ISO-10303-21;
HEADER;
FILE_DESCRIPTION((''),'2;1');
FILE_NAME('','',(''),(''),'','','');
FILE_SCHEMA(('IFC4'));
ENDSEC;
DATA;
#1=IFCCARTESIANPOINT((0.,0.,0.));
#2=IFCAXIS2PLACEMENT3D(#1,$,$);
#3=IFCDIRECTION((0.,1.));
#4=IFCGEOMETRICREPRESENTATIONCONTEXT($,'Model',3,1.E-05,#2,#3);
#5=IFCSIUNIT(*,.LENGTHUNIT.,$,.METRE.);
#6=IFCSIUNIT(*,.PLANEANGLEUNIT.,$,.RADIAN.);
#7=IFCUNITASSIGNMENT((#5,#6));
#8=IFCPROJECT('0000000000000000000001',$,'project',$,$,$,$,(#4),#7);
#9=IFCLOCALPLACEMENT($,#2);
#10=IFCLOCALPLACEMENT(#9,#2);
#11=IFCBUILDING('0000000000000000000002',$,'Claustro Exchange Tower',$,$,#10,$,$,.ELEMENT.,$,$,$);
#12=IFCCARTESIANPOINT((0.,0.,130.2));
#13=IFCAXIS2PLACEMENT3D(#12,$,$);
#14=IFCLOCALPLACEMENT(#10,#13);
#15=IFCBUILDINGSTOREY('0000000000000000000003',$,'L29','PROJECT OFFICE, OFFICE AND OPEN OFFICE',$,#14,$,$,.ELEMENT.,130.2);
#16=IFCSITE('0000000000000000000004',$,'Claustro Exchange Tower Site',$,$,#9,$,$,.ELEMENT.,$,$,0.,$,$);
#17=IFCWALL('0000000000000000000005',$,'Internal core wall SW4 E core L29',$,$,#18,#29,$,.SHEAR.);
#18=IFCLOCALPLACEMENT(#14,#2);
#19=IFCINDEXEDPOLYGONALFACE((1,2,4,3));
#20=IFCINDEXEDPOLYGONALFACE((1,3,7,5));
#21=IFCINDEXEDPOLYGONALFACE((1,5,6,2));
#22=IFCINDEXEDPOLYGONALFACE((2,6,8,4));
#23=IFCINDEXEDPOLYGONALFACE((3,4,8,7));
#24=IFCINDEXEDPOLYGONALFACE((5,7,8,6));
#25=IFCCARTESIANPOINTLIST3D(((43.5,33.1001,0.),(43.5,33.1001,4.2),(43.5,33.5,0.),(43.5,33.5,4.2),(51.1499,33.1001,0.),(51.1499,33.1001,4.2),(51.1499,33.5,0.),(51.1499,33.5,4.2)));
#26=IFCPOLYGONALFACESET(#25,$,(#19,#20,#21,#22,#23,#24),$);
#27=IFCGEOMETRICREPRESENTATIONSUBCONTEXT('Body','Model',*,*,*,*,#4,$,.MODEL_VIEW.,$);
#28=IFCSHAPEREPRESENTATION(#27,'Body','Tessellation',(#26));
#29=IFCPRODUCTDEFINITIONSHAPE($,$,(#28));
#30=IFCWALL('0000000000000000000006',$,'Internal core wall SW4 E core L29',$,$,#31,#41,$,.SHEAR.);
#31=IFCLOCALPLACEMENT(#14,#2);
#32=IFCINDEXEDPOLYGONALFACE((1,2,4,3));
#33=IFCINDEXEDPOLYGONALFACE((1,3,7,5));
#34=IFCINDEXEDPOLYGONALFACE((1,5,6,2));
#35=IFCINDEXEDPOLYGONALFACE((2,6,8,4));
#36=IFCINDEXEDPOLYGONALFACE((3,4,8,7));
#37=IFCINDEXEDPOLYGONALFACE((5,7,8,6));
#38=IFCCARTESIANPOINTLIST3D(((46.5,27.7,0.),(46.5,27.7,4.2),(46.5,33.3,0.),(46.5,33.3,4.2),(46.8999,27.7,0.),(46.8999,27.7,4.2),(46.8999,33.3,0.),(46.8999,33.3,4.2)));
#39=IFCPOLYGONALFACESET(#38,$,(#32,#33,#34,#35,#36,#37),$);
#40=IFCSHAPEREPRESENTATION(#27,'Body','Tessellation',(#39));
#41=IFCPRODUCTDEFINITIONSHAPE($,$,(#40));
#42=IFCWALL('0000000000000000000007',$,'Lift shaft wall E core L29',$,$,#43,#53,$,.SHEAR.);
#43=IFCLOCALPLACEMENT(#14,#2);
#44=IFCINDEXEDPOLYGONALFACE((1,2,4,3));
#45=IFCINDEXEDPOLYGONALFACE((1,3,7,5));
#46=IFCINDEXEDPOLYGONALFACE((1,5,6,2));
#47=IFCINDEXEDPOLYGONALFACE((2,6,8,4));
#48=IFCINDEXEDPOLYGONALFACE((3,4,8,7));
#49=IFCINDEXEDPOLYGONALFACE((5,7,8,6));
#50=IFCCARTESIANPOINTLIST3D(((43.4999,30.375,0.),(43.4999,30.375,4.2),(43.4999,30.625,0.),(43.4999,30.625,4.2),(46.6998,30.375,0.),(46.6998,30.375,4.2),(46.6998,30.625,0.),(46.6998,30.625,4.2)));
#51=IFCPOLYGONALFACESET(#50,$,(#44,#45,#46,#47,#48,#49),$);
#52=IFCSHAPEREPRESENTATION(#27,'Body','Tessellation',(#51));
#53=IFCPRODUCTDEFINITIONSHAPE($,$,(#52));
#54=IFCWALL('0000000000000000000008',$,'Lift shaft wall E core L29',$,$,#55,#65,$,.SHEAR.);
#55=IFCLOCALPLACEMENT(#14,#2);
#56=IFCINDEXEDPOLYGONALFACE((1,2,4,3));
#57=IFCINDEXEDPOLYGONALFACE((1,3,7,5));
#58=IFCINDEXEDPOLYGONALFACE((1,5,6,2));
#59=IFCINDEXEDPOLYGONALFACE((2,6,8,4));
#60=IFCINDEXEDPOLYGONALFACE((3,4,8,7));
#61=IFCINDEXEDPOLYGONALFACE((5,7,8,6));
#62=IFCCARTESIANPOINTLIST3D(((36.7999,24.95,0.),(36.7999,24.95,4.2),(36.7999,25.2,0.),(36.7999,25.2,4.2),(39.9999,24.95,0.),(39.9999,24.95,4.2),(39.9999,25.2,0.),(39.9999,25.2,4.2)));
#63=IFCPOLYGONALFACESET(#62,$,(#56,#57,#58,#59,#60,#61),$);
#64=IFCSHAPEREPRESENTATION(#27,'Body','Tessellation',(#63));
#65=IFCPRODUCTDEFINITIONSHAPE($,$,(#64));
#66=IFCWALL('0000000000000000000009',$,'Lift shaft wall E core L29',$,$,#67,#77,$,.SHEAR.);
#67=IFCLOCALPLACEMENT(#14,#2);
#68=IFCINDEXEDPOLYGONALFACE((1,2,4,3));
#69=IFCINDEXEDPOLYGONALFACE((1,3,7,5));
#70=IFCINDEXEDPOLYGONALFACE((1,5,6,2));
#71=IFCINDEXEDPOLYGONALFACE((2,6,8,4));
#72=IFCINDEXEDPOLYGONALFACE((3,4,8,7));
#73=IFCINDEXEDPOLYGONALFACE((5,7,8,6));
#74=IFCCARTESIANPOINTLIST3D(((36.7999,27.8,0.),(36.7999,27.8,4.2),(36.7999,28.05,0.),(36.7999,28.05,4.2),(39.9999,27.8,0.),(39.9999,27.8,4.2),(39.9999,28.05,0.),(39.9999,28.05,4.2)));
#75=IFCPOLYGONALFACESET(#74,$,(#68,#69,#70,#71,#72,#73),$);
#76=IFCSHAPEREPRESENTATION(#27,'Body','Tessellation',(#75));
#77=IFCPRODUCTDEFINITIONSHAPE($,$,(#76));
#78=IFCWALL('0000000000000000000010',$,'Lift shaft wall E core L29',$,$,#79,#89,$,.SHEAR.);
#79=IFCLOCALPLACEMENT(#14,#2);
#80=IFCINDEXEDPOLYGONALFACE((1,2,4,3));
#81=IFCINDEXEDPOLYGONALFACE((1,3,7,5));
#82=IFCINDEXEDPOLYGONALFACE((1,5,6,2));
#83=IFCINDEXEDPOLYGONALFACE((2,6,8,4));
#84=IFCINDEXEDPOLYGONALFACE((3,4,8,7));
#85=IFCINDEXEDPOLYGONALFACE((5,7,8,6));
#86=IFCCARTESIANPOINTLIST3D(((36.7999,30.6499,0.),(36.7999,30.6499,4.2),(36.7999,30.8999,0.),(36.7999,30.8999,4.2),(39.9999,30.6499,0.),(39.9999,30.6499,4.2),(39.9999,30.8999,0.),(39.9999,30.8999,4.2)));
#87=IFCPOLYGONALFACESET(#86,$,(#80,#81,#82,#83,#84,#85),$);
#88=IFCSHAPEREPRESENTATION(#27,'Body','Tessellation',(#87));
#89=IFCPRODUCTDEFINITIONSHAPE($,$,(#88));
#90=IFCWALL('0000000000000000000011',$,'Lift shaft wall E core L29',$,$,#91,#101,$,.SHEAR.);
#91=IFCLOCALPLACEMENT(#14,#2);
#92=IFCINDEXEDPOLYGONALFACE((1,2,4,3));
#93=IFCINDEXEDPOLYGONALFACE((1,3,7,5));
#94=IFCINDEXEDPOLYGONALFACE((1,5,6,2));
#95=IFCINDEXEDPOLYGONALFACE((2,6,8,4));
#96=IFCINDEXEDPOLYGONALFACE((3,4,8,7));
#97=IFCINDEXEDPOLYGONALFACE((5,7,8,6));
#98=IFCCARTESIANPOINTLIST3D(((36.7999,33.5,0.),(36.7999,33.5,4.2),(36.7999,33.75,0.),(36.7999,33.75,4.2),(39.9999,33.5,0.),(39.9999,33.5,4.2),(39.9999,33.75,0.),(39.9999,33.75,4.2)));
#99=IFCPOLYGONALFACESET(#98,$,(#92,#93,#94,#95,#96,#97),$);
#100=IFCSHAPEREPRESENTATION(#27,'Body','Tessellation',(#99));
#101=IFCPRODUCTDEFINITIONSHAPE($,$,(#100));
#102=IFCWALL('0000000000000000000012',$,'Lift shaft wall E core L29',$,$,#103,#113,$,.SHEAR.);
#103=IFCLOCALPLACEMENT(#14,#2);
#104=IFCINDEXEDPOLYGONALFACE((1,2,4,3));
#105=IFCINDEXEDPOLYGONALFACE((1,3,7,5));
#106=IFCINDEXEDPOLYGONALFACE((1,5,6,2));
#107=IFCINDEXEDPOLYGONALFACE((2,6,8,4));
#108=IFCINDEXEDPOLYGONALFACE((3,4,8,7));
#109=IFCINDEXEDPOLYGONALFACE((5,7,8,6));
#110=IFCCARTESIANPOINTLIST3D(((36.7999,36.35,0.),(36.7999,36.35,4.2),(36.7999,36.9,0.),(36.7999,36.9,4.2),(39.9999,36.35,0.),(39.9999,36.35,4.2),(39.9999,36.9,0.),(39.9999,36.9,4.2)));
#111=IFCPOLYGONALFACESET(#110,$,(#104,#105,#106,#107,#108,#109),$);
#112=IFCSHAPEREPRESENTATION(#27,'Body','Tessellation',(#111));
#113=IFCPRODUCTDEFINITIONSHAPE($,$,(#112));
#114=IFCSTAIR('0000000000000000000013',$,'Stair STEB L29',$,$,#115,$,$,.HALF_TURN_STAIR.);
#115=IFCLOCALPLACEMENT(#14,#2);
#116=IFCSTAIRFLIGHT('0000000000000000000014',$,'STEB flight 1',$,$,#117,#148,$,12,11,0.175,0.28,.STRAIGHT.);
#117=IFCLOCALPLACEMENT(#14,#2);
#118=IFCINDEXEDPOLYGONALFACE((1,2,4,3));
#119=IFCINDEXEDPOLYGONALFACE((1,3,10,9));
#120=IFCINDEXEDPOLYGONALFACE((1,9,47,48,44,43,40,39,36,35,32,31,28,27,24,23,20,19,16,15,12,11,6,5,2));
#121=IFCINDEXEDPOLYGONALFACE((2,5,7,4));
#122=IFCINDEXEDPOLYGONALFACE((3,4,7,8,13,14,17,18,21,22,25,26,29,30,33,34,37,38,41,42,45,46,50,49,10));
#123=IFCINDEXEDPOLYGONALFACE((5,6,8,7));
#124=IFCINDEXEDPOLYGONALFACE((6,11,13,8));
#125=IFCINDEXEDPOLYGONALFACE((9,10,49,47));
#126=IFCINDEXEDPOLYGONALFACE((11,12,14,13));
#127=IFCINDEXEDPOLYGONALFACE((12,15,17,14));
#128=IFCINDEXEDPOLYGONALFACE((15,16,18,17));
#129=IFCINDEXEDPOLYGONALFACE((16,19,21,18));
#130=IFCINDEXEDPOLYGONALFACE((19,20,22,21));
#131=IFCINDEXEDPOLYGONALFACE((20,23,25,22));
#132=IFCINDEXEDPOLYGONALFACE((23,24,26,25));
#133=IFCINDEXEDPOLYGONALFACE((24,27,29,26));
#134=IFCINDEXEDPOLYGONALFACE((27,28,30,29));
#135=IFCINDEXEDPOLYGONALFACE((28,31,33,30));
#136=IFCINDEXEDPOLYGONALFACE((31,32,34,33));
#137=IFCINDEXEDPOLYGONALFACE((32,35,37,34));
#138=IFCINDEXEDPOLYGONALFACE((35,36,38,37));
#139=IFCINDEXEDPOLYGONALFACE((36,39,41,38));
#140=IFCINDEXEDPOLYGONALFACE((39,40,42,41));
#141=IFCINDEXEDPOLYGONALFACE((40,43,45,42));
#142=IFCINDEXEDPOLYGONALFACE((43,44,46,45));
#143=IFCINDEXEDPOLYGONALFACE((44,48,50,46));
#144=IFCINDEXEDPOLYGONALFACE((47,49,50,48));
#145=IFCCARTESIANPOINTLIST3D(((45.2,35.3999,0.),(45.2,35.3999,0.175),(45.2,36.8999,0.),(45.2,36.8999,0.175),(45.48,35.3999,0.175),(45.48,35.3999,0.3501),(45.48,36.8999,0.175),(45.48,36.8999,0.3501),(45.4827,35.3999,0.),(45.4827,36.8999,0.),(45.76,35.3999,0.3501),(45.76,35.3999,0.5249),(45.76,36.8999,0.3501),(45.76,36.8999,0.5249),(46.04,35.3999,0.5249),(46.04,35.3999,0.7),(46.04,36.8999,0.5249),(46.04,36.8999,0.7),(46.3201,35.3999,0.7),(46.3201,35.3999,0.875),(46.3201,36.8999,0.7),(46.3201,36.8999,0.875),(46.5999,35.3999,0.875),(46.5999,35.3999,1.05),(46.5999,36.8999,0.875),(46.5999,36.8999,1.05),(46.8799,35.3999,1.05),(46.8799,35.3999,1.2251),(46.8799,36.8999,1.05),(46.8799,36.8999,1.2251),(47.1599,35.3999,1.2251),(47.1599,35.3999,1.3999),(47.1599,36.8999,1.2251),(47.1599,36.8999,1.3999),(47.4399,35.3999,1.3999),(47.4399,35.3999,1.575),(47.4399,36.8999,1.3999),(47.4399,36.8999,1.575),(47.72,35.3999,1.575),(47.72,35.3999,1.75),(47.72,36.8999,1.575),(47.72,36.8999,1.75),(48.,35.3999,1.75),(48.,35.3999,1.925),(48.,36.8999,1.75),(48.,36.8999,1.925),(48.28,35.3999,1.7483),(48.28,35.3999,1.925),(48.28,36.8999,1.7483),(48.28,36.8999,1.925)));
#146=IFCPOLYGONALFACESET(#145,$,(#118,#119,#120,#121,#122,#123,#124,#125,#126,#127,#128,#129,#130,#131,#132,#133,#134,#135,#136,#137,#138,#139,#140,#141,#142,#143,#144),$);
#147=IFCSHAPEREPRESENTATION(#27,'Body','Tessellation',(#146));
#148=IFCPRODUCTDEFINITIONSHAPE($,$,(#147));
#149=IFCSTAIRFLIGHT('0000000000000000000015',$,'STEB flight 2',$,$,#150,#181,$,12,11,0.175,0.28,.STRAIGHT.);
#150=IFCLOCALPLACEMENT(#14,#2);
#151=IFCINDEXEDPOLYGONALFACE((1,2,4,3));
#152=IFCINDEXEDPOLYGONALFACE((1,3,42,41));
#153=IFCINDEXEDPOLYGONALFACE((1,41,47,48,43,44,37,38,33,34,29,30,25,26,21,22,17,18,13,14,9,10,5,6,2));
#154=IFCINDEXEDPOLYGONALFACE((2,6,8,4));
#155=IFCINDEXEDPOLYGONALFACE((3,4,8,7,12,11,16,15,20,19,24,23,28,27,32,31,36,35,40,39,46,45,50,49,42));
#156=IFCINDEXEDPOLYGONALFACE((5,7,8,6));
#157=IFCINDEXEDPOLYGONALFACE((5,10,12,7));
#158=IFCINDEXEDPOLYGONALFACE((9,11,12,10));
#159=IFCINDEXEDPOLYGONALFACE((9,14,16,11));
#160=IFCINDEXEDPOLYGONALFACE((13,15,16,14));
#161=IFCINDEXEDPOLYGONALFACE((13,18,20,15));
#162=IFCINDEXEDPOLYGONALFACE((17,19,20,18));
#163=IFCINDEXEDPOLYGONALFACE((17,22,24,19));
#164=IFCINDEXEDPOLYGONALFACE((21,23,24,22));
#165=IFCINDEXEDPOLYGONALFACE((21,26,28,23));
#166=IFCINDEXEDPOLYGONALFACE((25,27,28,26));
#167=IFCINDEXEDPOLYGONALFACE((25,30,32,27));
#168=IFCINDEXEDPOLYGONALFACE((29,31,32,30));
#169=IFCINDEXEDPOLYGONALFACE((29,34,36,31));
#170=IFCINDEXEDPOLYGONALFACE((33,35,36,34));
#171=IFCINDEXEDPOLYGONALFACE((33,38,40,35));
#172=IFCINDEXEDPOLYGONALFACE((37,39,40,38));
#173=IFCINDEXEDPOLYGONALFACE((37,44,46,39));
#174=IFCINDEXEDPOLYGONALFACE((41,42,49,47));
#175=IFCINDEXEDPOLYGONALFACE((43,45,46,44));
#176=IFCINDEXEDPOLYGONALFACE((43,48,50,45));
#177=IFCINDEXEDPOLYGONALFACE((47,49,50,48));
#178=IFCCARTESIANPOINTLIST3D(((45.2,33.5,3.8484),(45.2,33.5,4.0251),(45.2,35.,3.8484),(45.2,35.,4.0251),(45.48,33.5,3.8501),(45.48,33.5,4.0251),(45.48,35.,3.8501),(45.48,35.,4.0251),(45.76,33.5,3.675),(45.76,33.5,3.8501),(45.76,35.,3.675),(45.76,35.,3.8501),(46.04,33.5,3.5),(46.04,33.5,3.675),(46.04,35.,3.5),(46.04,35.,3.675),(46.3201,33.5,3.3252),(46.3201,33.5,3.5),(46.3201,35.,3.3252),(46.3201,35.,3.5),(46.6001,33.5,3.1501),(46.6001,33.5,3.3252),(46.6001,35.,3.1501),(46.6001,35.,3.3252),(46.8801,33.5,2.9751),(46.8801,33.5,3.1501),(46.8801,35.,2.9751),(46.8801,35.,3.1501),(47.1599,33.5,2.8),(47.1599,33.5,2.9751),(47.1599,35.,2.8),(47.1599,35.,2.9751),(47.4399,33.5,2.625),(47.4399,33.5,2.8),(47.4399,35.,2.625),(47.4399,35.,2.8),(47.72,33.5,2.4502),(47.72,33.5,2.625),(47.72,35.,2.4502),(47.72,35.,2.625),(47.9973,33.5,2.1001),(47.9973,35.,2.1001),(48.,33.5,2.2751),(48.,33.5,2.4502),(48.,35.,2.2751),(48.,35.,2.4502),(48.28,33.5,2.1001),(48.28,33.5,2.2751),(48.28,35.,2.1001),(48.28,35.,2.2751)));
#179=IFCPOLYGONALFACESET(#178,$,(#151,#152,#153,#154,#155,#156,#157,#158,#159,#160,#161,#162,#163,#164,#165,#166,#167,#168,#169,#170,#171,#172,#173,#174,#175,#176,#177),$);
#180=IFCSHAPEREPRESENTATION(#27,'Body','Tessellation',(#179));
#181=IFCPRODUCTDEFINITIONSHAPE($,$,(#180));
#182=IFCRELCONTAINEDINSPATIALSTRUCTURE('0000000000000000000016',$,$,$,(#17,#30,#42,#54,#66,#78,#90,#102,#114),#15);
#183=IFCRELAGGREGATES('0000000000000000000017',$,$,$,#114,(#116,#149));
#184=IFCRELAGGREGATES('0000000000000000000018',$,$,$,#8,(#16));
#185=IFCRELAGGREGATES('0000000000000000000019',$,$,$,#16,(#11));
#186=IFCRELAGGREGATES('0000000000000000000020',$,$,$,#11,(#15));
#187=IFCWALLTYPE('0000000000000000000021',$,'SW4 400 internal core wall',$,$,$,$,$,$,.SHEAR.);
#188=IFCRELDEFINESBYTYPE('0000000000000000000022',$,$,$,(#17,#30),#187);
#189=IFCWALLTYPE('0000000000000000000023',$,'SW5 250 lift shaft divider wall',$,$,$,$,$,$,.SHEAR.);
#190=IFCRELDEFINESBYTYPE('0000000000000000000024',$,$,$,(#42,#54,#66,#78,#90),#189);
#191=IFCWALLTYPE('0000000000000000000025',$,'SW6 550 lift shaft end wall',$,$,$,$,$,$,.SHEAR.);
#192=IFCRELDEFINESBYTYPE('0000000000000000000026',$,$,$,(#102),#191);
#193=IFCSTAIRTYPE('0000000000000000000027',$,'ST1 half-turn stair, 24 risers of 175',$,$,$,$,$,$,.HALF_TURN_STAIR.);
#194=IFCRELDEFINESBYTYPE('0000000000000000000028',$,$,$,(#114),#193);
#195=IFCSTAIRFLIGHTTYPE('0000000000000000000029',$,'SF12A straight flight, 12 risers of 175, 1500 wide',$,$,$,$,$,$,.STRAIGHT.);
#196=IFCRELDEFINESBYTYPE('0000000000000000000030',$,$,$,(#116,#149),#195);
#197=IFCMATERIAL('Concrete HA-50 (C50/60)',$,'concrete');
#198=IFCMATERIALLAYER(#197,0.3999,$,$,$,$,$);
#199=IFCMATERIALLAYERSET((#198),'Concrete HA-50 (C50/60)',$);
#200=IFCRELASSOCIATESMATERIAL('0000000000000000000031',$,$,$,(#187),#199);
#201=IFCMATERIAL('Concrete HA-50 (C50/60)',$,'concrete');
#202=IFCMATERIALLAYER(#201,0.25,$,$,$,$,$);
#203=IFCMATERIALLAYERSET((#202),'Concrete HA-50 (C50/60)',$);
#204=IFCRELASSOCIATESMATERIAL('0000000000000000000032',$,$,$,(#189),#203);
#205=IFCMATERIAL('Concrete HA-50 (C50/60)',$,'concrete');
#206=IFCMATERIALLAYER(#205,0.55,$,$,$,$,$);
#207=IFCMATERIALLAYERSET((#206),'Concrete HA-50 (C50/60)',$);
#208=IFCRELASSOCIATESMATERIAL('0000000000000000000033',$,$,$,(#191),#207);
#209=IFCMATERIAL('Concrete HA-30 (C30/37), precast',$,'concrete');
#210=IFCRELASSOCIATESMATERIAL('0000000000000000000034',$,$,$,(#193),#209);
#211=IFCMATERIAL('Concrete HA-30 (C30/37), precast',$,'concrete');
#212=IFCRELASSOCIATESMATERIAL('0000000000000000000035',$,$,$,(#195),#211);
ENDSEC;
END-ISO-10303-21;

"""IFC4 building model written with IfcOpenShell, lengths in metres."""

from ifc_helpers import new_model, si_unit, direction, frame, frame_2d, origin, place, context, subcontext, project, spatial, polyline, rectangle, outline, extrude, material, layer, layer_set, type_object, element, aggregate, save


model = new_model("IFC4")

# Units and contexts
model_context = context("Model", 3, precision=1e-05, world=origin(), true_north=direction((0.0, 1.0)))
body_context = subcontext(model_context, "Body", "Model", "MODEL_VIEW")
ifc_project = project(units=[si_unit("LENGTHUNIT", "METRE"), si_unit("PLANEANGLEUNIT", "RADIAN")], contexts=[model_context])

# Site, building, storey
site_placement = place(None, origin())
site = spatial("IfcSite", under=ifc_project, at=site_placement, Name="Claustro Exchange Tower Site", CompositionType="ELEMENT", RefElevation=0.0)
building_placement = place(site_placement, origin())
building = spatial("IfcBuilding", under=site, at=building_placement, Name="Claustro Exchange Tower", CompositionType="ELEMENT")
storey_placement = place(building_placement, frame((0.0, 0.0, 130.2)))
storey = spatial("IfcBuildingStorey", under=building, at=storey_placement, Name="L29", Description="PROJECT OFFICE, OFFICE AND OPEN OFFICE", CompositionType="ELEMENT", Elevation=130.2)

# Walls
ifc_material_1 = material(Name="Concrete HA-50 (C50/60)", Category="concrete")
ifc_layer_1 = layer(ifc_material_1, 0.3999)
ifc_layer_set_1 = layer_set([ifc_layer_1], Name="Concrete HA-50 (C50/60)")
wall_type_1 = type_object("IfcWallType", Name="SW4 400 internal core wall", PredefinedType="SHEAR", material=ifc_layer_set_1)
for number, where, z_axis, x_axis, name in (
    (1, (51.1499, 33.3, 0.0), (0.0, 0.0, 1.0), (-1.0, 0.0, 0.0), "Internal core wall SW4 E core L29"),
):
    element("IfcWall", number, at=place(storey_placement, frame(where, z_axis=z_axis, x_axis=x_axis)), inside=storey, type_object=wall_type_1, Name=name, PredefinedType="SHEAR", context=body_context, shape_type="SweptSolid", body=[
        extrude(rectangle(XDim=7.6499, YDim=0.3999, at=frame_2d((3.825, 0.0))), origin(), (0.0, 0.0, 1.0), 4.2),
    ])
wall_1_placement = place(storey_placement, frame((46.7, 27.7, 0.0), z_axis=(0.0, 0.0, 1.0), x_axis=(0.0, 1.0, 0.0)))
element("IfcWall", 2, at=wall_1_placement, inside=storey, type_object=wall_type_1, Name="Internal core wall SW4 E core L29", PredefinedType="SHEAR", context=body_context, shape_type="SweptSolid", body=[
    extrude(rectangle(XDim=5.6001, YDim=0.3999, at=frame_2d((2.8, 0.0))), origin(), (0.0, 0.0, 1.0), 4.2),
])
ifc_material_2 = material(Name="Concrete HA-50 (C50/60)", Category="concrete")
ifc_layer_2 = layer(ifc_material_2, 0.25)
ifc_layer_set_2 = layer_set([ifc_layer_2], Name="Concrete HA-50 (C50/60)")
wall_type_2 = type_object("IfcWallType", Name="SW5 250 lift shaft divider wall", PredefinedType="SHEAR", material=ifc_layer_set_2)
for number, where, z_axis, x_axis, name in (
    (3, (46.7, 30.5, 0.0), (0.0, 0.0, 1.0), (-1.0, 0.0, 0.0), "Lift shaft wall E core L29"),
    (4, (40.0, 25.075, 0.0), (0.0, 0.0, 1.0), (-1.0, 0.0, 0.0), "Lift shaft wall E core L29"),
    (5, (40.0, 27.925, 0.0), (0.0, 0.0, 1.0), (-1.0, 0.0, 0.0), "Lift shaft wall E core L29"),
    (6, (40.0, 30.7749, 0.0), (0.0, 0.0, 1.0), (-1.0, 0.0, 0.0), "Lift shaft wall E core L29"),
    (7, (40.0, 33.625, 0.0), (0.0, 0.0, 1.0), (-1.0, 0.0, 0.0), "Lift shaft wall E core L29"),
):
    element("IfcWall", number, at=place(storey_placement, frame(where, z_axis=z_axis, x_axis=x_axis)), inside=storey, type_object=wall_type_2, Name=name, PredefinedType="SHEAR", context=body_context, shape_type="SweptSolid", body=[
        extrude(rectangle(XDim=3.2, YDim=0.25, at=frame_2d((1.6001, 0.0))), origin(), (0.0, 0.0, 1.0), 4.2),
    ])
ifc_material_3 = material(Name="Concrete HA-50 (C50/60)", Category="concrete")
ifc_layer_3 = layer(ifc_material_3, 0.55)
ifc_layer_set_3 = layer_set([ifc_layer_3], Name="Concrete HA-50 (C50/60)")
wall_type_3 = type_object("IfcWallType", Name="SW6 550 lift shaft end wall", PredefinedType="SHEAR", material=ifc_layer_set_3)
wall_2_placement = place(storey_placement, frame((40.0, 36.625, 0.0), z_axis=(0.0, 0.0, 1.0), x_axis=(-1.0, 0.0, 0.0)))
element("IfcWall", 8, at=wall_2_placement, inside=storey, type_object=wall_type_3, Name="Lift shaft wall E core L29", PredefinedType="SHEAR", context=body_context, shape_type="SweptSolid", body=[
    extrude(rectangle(XDim=3.2, YDim=0.55, at=frame_2d((1.6001, 0.0))), origin(), (0.0, 0.0, 1.0), 4.2),
])

# Stair, stair flights
ifc_material_4 = material(Name="Concrete HA-30 (C30/37), precast", Category="concrete")
stair_type = type_object("IfcStairType", Name="ST1 half-turn stair, 24 risers of 175", PredefinedType="HALF_TURN_STAIR", material=ifc_material_4)
stair_placement = place(storey_placement, origin())
stair = element("IfcStair", 9, at=stair_placement, inside=storey, type_object=stair_type, Name="Stair STEB L29", PredefinedType="HALF_TURN_STAIR")
ifc_material_5 = material(Name="Concrete HA-30 (C30/37), precast", Category="concrete")
stair_flight_type = type_object("IfcStairFlightType", Name="SF12A straight flight, 12 risers of 175, 1500 wide", PredefinedType="STRAIGHT", material=ifc_material_5)
stair_flight_1_placement = place(storey_placement, frame((45.2, 36.1499, 0.0), z_axis=(0.0, 0.0, 1.0), x_axis=(1.0, 0.0, 0.0)))
stair_flight_1 = element("IfcStairFlight", 10, at=stair_flight_1_placement, type_object=stair_flight_type, Name="STEB flight 1", NumberOfRisers=12, NumberOfTreads=11, PredefinedType="STRAIGHT", RiserHeight=0.175, TreadLength=0.28, context=body_context, shape_type="SweptSolid", body=[
    extrude(outline(polyline([(0.0, 0.0), (0.0, 0.175), (0.28, 0.175), (0.28, 0.3501), (0.5601, 0.3501), (0.5601, 0.5249), (0.8401, 0.5249), (0.8401, 0.7), (1.1201, 0.7), (1.1201, 0.875), (1.3999, 0.875), (1.3999, 1.05), (1.6799, 1.05), (1.6799, 1.2251), (1.96, 1.2251), (1.96, 1.3999), (2.24, 1.3999), (2.24, 1.575), (2.52, 1.575), (2.52, 1.75), (2.8, 1.75), (2.8, 1.925), (3.0801, 1.925), (3.0801, 2.1001), (3.0801, 1.7483), (0.2827, 0.0), (0.0, 0.0)])), frame((0.0, 0.75, 0.0), z_axis=(0.0, -1.0, 0.0), x_axis=(1.0, 0.0, 0.0)), (0.0, 0.0, 1.0), 1.5),
])
stair_flight_2_placement = place(storey_placement, frame((48.28, 34.25, 2.1001), z_axis=(0.0, 0.0, 1.0), x_axis=(-1.0, 0.0, 0.0)))
stair_flight_2 = element("IfcStairFlight", 11, at=stair_flight_2_placement, type_object=stair_flight_type, Name="STEB flight 2", NumberOfRisers=12, NumberOfTreads=11, PredefinedType="STRAIGHT", RiserHeight=0.175, TreadLength=0.28, context=body_context, shape_type="SweptSolid", body=[
    extrude(outline(polyline([(0.0, 0.0), (0.0, 0.175), (0.28, 0.175), (0.28, 0.3501), (0.5601, 0.3501), (0.5601, 0.5249), (0.8401, 0.5249), (0.8401, 0.7), (1.1201, 0.7), (1.1201, 0.875), (1.3999, 0.875), (1.3999, 1.05), (1.6799, 1.05), (1.6799, 1.2251), (1.96, 1.2251), (1.96, 1.3999), (2.24, 1.3999), (2.24, 1.575), (2.52, 1.575), (2.52, 1.75), (2.8, 1.75), (2.8, 1.925), (3.0801, 1.925), (3.0801, 2.1001), (3.0801, 1.7483), (0.2827, 0.0), (0.0, 0.0)])), frame((0.0, 0.75, 0.0), z_axis=(0.0, -1.0, 0.0), x_axis=(1.0, 0.0, 0.0)), (0.0, 0.0, 1.0), 1.5),
])
aggregate(stair, [stair_flight_1, stair_flight_2])

save(model, "model.ifc")
